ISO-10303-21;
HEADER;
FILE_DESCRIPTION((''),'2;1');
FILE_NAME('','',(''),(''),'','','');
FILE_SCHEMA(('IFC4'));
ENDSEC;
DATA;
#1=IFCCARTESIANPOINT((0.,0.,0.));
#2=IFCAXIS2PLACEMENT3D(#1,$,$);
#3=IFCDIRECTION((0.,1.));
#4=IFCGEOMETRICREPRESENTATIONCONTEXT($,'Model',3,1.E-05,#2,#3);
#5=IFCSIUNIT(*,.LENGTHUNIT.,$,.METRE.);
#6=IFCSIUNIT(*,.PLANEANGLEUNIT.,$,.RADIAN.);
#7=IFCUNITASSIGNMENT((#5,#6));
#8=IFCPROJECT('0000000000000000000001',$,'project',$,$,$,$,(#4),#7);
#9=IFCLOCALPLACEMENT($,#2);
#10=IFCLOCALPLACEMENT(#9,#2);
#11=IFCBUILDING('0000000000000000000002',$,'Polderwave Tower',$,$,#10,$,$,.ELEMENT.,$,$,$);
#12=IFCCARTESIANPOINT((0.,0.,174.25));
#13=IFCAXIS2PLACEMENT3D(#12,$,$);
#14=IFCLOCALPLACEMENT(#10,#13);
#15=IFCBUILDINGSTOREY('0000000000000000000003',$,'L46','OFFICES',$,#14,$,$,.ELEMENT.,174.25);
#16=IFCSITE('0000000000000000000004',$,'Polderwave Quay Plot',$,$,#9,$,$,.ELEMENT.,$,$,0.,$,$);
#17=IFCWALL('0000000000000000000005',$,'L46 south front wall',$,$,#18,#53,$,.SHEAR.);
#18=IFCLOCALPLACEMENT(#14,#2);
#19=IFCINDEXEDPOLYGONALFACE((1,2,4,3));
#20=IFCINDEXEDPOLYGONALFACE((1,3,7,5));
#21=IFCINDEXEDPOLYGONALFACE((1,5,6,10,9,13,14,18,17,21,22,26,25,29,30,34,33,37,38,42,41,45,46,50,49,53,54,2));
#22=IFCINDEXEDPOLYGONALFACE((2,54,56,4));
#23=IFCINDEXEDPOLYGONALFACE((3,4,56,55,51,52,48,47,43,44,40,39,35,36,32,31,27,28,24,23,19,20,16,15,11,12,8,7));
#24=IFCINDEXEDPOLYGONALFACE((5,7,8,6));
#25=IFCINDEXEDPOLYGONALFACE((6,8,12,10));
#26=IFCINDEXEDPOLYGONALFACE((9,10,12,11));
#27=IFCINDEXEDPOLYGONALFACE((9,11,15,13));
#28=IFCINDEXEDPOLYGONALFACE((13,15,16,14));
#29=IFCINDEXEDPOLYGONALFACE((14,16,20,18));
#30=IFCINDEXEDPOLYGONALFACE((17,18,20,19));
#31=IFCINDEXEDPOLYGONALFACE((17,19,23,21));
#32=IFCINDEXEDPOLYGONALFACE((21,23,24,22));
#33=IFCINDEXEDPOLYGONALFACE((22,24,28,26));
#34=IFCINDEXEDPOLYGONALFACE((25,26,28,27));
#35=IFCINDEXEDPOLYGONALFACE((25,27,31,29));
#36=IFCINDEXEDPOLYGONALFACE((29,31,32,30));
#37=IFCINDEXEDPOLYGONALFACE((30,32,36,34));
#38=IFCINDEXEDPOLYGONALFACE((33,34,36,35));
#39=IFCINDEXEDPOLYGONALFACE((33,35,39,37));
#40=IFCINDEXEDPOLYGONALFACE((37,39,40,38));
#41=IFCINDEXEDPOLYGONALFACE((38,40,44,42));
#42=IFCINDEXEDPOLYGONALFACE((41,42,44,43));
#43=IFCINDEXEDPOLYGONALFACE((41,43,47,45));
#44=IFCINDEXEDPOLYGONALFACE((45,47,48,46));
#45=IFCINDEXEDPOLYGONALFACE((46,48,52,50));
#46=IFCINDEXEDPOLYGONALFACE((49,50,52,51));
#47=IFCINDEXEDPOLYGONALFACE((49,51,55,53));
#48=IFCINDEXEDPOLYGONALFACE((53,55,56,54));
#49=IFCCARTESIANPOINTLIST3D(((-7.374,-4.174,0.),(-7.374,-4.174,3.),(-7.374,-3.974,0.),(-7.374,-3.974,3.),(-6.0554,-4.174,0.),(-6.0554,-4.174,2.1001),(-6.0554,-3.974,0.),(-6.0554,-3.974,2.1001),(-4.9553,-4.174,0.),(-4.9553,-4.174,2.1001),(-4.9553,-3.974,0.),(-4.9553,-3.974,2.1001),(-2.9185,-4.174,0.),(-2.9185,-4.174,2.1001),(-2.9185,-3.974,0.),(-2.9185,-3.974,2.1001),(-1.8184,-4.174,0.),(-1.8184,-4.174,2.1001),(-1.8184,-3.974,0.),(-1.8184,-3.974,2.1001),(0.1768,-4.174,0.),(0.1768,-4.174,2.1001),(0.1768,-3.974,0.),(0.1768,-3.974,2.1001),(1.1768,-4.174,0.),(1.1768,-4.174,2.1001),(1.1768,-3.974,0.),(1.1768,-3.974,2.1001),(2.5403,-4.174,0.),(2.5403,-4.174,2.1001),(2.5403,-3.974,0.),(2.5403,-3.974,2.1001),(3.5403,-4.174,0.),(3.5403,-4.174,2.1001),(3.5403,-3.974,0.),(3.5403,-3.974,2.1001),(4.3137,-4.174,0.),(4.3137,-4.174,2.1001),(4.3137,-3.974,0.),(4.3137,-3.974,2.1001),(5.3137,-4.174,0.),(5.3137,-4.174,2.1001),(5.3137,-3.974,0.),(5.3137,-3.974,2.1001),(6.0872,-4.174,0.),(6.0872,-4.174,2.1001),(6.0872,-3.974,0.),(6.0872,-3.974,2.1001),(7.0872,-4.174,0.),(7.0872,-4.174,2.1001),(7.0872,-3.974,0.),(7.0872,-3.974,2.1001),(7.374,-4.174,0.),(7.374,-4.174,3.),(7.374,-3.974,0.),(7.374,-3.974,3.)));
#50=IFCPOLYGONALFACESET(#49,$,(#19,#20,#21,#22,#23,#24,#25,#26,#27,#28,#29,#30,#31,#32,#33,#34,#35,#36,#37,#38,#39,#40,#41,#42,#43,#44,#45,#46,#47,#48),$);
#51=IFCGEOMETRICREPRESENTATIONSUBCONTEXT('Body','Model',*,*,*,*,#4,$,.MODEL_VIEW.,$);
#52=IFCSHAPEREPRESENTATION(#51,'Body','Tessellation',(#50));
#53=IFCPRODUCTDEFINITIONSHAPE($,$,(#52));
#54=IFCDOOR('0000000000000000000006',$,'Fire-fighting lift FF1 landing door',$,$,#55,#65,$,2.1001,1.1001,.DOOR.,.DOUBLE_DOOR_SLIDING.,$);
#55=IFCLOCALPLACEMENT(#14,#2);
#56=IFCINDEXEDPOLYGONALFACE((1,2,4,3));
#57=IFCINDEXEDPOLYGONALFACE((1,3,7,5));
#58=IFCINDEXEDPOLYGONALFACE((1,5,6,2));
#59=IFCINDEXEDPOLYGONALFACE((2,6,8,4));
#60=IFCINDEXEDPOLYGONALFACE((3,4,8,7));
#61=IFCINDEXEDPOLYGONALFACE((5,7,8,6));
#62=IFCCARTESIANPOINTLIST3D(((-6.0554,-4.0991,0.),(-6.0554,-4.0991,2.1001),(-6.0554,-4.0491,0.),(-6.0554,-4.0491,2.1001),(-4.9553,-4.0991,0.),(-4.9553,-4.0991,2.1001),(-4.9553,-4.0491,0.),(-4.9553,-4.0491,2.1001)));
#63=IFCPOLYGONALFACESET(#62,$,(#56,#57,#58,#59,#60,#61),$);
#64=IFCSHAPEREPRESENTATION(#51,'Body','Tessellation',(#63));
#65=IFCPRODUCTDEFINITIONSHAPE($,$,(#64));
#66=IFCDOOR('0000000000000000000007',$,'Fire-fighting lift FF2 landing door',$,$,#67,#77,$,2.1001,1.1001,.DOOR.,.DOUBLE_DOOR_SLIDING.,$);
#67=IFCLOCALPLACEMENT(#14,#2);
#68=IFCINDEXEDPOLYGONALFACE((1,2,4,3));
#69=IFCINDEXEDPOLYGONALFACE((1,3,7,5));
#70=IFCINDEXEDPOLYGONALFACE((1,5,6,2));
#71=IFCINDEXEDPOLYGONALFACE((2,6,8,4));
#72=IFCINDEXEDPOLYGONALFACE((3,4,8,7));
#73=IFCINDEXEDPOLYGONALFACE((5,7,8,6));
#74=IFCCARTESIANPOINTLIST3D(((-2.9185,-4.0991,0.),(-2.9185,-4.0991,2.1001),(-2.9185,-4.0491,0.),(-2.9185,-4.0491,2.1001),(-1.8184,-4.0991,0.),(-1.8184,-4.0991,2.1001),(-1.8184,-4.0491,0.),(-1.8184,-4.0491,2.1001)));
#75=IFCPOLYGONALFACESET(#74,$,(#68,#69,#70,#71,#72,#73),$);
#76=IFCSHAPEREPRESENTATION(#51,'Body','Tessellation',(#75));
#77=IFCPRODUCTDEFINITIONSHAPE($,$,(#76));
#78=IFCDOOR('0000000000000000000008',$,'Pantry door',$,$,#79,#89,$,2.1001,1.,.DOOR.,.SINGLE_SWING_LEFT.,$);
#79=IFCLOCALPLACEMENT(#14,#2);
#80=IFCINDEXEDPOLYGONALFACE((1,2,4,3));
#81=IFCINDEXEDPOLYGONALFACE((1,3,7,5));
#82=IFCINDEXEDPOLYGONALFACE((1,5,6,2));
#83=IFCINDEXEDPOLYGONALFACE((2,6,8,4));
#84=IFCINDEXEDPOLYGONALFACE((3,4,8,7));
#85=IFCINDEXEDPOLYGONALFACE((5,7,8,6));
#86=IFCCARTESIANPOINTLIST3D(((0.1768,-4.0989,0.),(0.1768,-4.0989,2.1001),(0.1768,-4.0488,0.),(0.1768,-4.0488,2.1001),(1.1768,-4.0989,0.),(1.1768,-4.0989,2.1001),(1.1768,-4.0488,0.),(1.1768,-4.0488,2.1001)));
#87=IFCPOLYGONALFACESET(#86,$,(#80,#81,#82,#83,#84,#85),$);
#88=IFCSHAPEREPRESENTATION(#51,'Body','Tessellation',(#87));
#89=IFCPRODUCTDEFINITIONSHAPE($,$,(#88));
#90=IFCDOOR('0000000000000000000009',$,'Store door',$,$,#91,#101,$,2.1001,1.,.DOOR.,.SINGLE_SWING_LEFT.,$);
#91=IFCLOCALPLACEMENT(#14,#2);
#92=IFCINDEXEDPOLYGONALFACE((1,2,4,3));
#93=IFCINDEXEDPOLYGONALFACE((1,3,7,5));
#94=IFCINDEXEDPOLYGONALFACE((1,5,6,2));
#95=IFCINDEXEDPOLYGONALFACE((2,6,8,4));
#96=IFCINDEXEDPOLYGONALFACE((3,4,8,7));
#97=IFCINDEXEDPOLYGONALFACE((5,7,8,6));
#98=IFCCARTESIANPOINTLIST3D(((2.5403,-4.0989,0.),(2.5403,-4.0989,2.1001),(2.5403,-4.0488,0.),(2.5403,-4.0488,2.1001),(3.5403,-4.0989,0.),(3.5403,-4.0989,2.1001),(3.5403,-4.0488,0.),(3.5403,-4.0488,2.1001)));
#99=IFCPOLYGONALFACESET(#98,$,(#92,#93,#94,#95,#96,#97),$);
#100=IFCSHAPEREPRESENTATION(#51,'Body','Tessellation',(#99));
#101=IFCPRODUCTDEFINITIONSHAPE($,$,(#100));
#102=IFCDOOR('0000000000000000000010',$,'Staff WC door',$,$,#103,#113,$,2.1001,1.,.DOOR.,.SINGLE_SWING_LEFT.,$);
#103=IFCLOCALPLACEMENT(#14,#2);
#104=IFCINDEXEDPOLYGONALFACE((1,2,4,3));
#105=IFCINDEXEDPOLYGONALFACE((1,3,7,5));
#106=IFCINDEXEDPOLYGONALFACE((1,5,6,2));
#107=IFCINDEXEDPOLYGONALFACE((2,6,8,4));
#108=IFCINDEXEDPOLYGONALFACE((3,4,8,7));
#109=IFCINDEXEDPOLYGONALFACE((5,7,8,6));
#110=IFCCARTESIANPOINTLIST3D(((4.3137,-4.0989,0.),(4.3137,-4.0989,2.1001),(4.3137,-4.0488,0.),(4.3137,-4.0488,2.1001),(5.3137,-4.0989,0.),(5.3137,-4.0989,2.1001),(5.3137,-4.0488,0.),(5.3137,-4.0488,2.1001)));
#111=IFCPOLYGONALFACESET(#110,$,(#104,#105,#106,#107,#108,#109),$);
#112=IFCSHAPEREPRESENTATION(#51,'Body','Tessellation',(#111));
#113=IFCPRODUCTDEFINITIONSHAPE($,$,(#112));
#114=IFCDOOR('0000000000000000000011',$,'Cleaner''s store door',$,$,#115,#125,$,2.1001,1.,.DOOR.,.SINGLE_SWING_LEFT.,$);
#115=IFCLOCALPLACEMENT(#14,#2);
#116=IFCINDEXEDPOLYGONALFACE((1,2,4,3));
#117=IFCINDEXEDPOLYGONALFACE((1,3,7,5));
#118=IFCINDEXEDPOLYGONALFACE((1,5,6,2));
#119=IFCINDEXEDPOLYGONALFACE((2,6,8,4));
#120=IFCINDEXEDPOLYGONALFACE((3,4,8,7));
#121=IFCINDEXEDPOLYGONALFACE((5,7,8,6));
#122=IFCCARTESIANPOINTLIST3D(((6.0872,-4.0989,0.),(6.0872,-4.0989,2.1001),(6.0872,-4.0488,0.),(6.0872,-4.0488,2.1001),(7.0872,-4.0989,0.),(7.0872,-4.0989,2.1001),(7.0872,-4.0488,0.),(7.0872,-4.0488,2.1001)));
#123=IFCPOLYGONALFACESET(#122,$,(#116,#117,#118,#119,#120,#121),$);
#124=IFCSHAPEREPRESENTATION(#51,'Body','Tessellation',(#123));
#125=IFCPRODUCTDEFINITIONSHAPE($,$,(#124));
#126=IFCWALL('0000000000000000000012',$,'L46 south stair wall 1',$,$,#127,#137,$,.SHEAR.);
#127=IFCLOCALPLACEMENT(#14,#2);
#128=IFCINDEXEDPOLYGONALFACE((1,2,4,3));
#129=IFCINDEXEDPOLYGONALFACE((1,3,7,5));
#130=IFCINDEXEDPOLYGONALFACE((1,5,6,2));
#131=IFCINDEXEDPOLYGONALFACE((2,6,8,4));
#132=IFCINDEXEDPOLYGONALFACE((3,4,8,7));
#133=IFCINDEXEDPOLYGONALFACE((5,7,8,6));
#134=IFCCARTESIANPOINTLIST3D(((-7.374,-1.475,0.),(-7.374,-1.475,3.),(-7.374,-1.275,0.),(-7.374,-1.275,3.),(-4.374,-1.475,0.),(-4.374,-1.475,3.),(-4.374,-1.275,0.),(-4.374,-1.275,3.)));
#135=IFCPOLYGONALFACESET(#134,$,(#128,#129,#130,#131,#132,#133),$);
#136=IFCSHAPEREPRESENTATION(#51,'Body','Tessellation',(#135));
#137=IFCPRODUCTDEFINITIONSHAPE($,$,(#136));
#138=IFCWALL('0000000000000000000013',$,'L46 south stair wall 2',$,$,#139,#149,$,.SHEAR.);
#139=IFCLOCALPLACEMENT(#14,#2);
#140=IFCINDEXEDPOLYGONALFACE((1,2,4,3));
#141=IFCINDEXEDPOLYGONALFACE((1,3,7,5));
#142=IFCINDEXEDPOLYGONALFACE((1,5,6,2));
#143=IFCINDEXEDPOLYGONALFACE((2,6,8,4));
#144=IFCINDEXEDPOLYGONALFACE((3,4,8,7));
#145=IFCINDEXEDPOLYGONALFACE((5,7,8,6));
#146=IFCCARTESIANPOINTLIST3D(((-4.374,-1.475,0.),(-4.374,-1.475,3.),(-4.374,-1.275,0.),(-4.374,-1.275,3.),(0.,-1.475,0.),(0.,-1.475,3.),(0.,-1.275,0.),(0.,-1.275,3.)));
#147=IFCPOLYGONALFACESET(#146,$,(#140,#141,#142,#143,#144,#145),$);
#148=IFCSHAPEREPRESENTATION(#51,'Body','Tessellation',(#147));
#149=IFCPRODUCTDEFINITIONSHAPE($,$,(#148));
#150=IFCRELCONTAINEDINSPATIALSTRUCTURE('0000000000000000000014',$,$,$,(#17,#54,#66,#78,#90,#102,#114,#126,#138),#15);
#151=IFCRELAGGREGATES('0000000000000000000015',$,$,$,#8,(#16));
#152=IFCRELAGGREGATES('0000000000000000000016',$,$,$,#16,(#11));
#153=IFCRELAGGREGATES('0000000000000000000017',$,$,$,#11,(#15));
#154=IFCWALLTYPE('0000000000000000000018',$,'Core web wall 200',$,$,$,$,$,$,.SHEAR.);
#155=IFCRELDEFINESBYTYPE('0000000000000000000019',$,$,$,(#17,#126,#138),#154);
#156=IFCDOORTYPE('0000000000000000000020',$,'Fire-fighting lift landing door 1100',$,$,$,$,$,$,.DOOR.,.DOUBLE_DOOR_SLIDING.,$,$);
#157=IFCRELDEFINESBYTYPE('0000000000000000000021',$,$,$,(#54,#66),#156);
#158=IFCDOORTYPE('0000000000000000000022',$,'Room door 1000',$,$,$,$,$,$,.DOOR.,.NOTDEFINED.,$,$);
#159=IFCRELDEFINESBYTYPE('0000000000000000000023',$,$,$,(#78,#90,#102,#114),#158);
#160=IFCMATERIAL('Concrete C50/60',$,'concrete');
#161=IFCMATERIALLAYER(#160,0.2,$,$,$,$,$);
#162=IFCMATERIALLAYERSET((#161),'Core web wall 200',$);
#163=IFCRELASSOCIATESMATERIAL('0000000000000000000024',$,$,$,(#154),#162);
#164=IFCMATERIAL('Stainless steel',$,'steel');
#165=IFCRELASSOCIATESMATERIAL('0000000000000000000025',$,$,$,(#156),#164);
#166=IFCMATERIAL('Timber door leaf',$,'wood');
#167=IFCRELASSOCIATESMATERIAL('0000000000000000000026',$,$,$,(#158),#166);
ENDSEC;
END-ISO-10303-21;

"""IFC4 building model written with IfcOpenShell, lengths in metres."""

from ifc_helpers import new_model, si_unit, direction, frame, frame_2d, origin, place, context, subcontext, project, spatial, rectangle, extrude, material, layer, layer_set, type_object, element, fill, save


model = new_model("IFC4")

# Units and contexts
model_context = context("Model", 3, precision=1e-05, world=origin(), true_north=direction((0.0, 1.0)))
body_context = subcontext(model_context, "Body", "Model", "MODEL_VIEW")
ifc_project = project(units=[si_unit("LENGTHUNIT", "METRE"), si_unit("PLANEANGLEUNIT", "RADIAN")], contexts=[model_context])

# Site, building, storey
site_placement = place(None, origin())
site = spatial("IfcSite", under=ifc_project, at=site_placement, Name="Polderwave Quay Plot", CompositionType="ELEMENT", RefElevation=0.0)
building_placement = place(site_placement, origin())
building = spatial("IfcBuilding", under=site, at=building_placement, Name="Polderwave Tower", CompositionType="ELEMENT")
storey_placement = place(building_placement, frame((0.0, 0.0, 174.25)))
storey = spatial("IfcBuildingStorey", under=building, at=storey_placement, Name="L46", Description="OFFICES", CompositionType="ELEMENT", Elevation=174.25)

# Wall, openings, doors
ifc_material_1 = material(Name="Concrete C50/60", Category="concrete")
ifc_layer_1 = layer(ifc_material_1, 0.2)
ifc_layer_set_1 = layer_set([ifc_layer_1], Name="Core web wall 200")
wall_type_1 = type_object("IfcWallType", Name="Core web wall 200", PredefinedType="SHEAR", material=ifc_layer_set_1)
wall_1_placement = place(storey_placement, frame((-7.374, -4.074, 0.0), z_axis=(0.0, 0.0, 1.0), x_axis=(1.0, 0.0, 0.0)))
wall_1 = element("IfcWall", 1, at=wall_1_placement, inside=storey, type_object=wall_type_1, Name="L46 south front wall", PredefinedType="SHEAR", context=body_context, shape_type="SweptSolid", body=[
    extrude(rectangle(XDim=14.748, YDim=0.2, at=frame_2d((7.374, 0.0))), origin(), (0.0, 0.0, 1.0), 3.0),
])
opening_1_placement = place(wall_1_placement, frame((1.3186, 0.0, 0.0)))
opening_1 = element("IfcOpeningElement", 2, at=opening_1_placement, cuts=wall_1, PredefinedType="OPENING", context=body_context, shape_type="SweptSolid", body=[
    extrude(rectangle(XDim=1.1001, YDim=2.1001, at=frame_2d((0.55, 1.05))), frame((0.0, 0.1099, 0.0), z_axis=(0.0, -1.0, 0.0), x_axis=(1.0, 0.0, 0.0)), (0.0, 0.0, 1.0), 0.22),
])
opening_2_placement = place(wall_1_placement, frame((4.4556, 0.0, 0.0)))
opening_2 = element("IfcOpeningElement", 3, at=opening_2_placement, cuts=wall_1, PredefinedType="OPENING", context=body_context, shape_type="SweptSolid", body=[
    extrude(rectangle(XDim=1.1001, YDim=2.1001, at=frame_2d((0.55, 1.05))), frame((0.0, 0.1099, 0.0), z_axis=(0.0, -1.0, 0.0), x_axis=(1.0, 0.0, 0.0)), (0.0, 0.0, 1.0), 0.22),
])
opening_3_placement = place(wall_1_placement, frame((7.5508, 0.0, 0.0)))
opening_3 = element("IfcOpeningElement", 4, at=opening_3_placement, cuts=wall_1, PredefinedType="OPENING", context=body_context, shape_type="SweptSolid", body=[
    extrude(rectangle(XDim=1.0, YDim=2.1001, at=frame_2d((0.5, 1.05))), frame((0.0, 0.1099, 0.0), z_axis=(0.0, -1.0, 0.0), x_axis=(1.0, 0.0, 0.0)), (0.0, 0.0, 1.0), 0.22),
])
opening_4_placement = place(wall_1_placement, frame((9.9143, 0.0, 0.0)))
opening_4 = element("IfcOpeningElement", 5, at=opening_4_placement, cuts=wall_1, PredefinedType="OPENING", context=body_context, shape_type="SweptSolid", body=[
    extrude(rectangle(XDim=1.0, YDim=2.1001, at=frame_2d((0.5, 1.05))), frame((0.0, 0.1099, 0.0), z_axis=(0.0, -1.0, 0.0), x_axis=(1.0, 0.0, 0.0)), (0.0, 0.0, 1.0), 0.22),
])
opening_5_placement = place(wall_1_placement, frame((11.6877, 0.0, 0.0)))
opening_5 = element("IfcOpeningElement", 6, at=opening_5_placement, cuts=wall_1, PredefinedType="OPENING", context=body_context, shape_type="SweptSolid", body=[
    extrude(rectangle(XDim=1.0, YDim=2.1001, at=frame_2d((0.5, 1.05))), frame((0.0, 0.1099, 0.0), z_axis=(0.0, -1.0, 0.0), x_axis=(1.0, 0.0, 0.0)), (0.0, 0.0, 1.0), 0.22),
])
opening_6_placement = place(wall_1_placement, frame((13.4612, 0.0, 0.0)))
opening_6 = element("IfcOpeningElement", 7, at=opening_6_placement, cuts=wall_1, PredefinedType="OPENING", context=body_context, shape_type="SweptSolid", body=[
    extrude(rectangle(XDim=1.0, YDim=2.1001, at=frame_2d((0.5, 1.05))), frame((0.0, 0.1099, 0.0), z_axis=(0.0, -1.0, 0.0), x_axis=(1.0, 0.0, 0.0)), (0.0, 0.0, 1.0), 0.22),
])
ifc_material_2 = material(Name="Stainless steel", Category="steel")
door_type_1 = type_object("IfcDoorType", Name="Fire-fighting lift landing door 1100", OperationType="DOUBLE_DOOR_SLIDING", PredefinedType="DOOR", material=ifc_material_2)
door_1_placement = place(opening_1_placement, origin())
door_1 = element("IfcDoor", 8, at=door_1_placement, inside=storey, type_object=door_type_1, Name="Fire-fighting lift FF1 landing door", OperationType="DOUBLE_DOOR_SLIDING", OverallHeight=2.1001, OverallWidth=1.1001, PredefinedType="DOOR", context=body_context, shape_type="SweptSolid", body=[
    extrude(rectangle(XDim=1.1001, YDim=2.1001, at=frame_2d((0.55, 1.05))), frame((0.0, 0.0249, 0.0), z_axis=(0.0, -1.0, 0.0), x_axis=(1.0, 0.0, 0.0)), (0.0, 0.0, 1.0), 0.05),
])
fill(opening_1, door_1)
door_2_placement = place(opening_2_placement, origin())
door_2 = element("IfcDoor", 9, at=door_2_placement, inside=storey, type_object=door_type_1, Name="Fire-fighting lift FF2 landing door", OperationType="DOUBLE_DOOR_SLIDING", OverallHeight=2.1001, OverallWidth=1.1001, PredefinedType="DOOR", context=body_context, shape_type="SweptSolid", body=[
    extrude(rectangle(XDim=1.1001, YDim=2.1001, at=frame_2d((0.55, 1.05))), frame((0.0, 0.0249, 0.0), z_axis=(0.0, -1.0, 0.0), x_axis=(1.0, 0.0, 0.0)), (0.0, 0.0, 1.0), 0.05),
])
fill(opening_2, door_2)
ifc_material_3 = material(Name="Timber door leaf", Category="wood")
door_type_2 = type_object("IfcDoorType", Name="Room door 1000", OperationType="NOTDEFINED", PredefinedType="DOOR", material=ifc_material_3)
door_3_placement = place(opening_3_placement, frame((1.0, 0.0, 0.0), z_axis=(0.0, 0.0, 1.0), x_axis=(-1.0, 0.0, 0.0)))
door_3 = element("IfcDoor", 10, at=door_3_placement, inside=storey, type_object=door_type_2, Name="Pantry door", OperationType="SINGLE_SWING_LEFT", OverallHeight=2.1001, OverallWidth=1.0, PredefinedType="DOOR", context=body_context, shape_type="SweptSolid", body=[
    extrude(rectangle(XDim=1.0, YDim=2.1001, at=frame_2d((0.5, 1.05))), frame((0.0, 0.0249, 0.0), z_axis=(0.0, -1.0, 0.0), x_axis=(1.0, 0.0, 0.0)), (0.0, 0.0, 1.0), 0.05),
])
fill(opening_3, door_3)
door_4_placement = place(opening_4_placement, frame((1.0, 0.0, 0.0), z_axis=(0.0, 0.0, 1.0), x_axis=(-1.0, 0.0, 0.0)))
door_4 = element("IfcDoor", 11, at=door_4_placement, inside=storey, type_object=door_type_2, Name="Store door", OperationType="SINGLE_SWING_LEFT", OverallHeight=2.1001, OverallWidth=1.0, PredefinedType="DOOR", context=body_context, shape_type="SweptSolid", body=[
    extrude(rectangle(XDim=1.0, YDim=2.1001, at=frame_2d((0.5, 1.05))), frame((0.0, 0.0249, 0.0), z_axis=(0.0, -1.0, 0.0), x_axis=(1.0, 0.0, 0.0)), (0.0, 0.0, 1.0), 0.05),
])
fill(opening_4, door_4)
door_5_placement = place(opening_5_placement, frame((1.0, 0.0, 0.0), z_axis=(0.0, 0.0, 1.0), x_axis=(-1.0, 0.0, 0.0)))
door_5 = element("IfcDoor", 12, at=door_5_placement, inside=storey, type_object=door_type_2, Name="Staff WC door", OperationType="SINGLE_SWING_LEFT", OverallHeight=2.1001, OverallWidth=1.0, PredefinedType="DOOR", context=body_context, shape_type="SweptSolid", body=[
    extrude(rectangle(XDim=1.0, YDim=2.1001, at=frame_2d((0.5, 1.05))), frame((0.0, 0.0249, 0.0), z_axis=(0.0, -1.0, 0.0), x_axis=(1.0, 0.0, 0.0)), (0.0, 0.0, 1.0), 0.05),
])
fill(opening_5, door_5)
door_6_placement = place(opening_6_placement, frame((1.0, 0.0, 0.0), z_axis=(0.0, 0.0, 1.0), x_axis=(-1.0, 0.0, 0.0)))
door_6 = element("IfcDoor", 13, at=door_6_placement, inside=storey, type_object=door_type_2, Name="Cleaner's store door", OperationType="SINGLE_SWING_LEFT", OverallHeight=2.1001, OverallWidth=1.0, PredefinedType="DOOR", context=body_context, shape_type="SweptSolid", body=[
    extrude(rectangle(XDim=1.0, YDim=2.1001, at=frame_2d((0.5, 1.05))), frame((0.0, 0.0249, 0.0), z_axis=(0.0, -1.0, 0.0), x_axis=(1.0, 0.0, 0.0)), (0.0, 0.0, 1.0), 0.05),
])
fill(opening_6, door_6)

# Walls
wall_2_placement = place(storey_placement, frame((-7.374, -1.375, 0.0), z_axis=(0.0, 0.0, 1.0), x_axis=(1.0, 0.0, 0.0)))
element("IfcWall", 14, at=wall_2_placement, inside=storey, type_object=wall_type_1, Name="L46 south stair wall 1", PredefinedType="SHEAR", context=body_context, shape_type="SweptSolid", body=[
    extrude(rectangle(XDim=3.0, YDim=0.2, at=frame_2d((1.5, 0.0))), origin(), (0.0, 0.0, 1.0), 3.0),
])
wall_3_placement = place(storey_placement, frame((-4.374, -1.375, 0.0), z_axis=(0.0, 0.0, 1.0), x_axis=(1.0, 0.0, 0.0)))
element("IfcWall", 15, at=wall_3_placement, inside=storey, type_object=wall_type_1, Name="L46 south stair wall 2", PredefinedType="SHEAR", context=body_context, shape_type="SweptSolid", body=[
    extrude(rectangle(XDim=4.374, YDim=0.2, at=frame_2d((2.187, 0.0))), origin(), (0.0, 0.0, 1.0), 3.0),
])

save(model, "model.ifc")
